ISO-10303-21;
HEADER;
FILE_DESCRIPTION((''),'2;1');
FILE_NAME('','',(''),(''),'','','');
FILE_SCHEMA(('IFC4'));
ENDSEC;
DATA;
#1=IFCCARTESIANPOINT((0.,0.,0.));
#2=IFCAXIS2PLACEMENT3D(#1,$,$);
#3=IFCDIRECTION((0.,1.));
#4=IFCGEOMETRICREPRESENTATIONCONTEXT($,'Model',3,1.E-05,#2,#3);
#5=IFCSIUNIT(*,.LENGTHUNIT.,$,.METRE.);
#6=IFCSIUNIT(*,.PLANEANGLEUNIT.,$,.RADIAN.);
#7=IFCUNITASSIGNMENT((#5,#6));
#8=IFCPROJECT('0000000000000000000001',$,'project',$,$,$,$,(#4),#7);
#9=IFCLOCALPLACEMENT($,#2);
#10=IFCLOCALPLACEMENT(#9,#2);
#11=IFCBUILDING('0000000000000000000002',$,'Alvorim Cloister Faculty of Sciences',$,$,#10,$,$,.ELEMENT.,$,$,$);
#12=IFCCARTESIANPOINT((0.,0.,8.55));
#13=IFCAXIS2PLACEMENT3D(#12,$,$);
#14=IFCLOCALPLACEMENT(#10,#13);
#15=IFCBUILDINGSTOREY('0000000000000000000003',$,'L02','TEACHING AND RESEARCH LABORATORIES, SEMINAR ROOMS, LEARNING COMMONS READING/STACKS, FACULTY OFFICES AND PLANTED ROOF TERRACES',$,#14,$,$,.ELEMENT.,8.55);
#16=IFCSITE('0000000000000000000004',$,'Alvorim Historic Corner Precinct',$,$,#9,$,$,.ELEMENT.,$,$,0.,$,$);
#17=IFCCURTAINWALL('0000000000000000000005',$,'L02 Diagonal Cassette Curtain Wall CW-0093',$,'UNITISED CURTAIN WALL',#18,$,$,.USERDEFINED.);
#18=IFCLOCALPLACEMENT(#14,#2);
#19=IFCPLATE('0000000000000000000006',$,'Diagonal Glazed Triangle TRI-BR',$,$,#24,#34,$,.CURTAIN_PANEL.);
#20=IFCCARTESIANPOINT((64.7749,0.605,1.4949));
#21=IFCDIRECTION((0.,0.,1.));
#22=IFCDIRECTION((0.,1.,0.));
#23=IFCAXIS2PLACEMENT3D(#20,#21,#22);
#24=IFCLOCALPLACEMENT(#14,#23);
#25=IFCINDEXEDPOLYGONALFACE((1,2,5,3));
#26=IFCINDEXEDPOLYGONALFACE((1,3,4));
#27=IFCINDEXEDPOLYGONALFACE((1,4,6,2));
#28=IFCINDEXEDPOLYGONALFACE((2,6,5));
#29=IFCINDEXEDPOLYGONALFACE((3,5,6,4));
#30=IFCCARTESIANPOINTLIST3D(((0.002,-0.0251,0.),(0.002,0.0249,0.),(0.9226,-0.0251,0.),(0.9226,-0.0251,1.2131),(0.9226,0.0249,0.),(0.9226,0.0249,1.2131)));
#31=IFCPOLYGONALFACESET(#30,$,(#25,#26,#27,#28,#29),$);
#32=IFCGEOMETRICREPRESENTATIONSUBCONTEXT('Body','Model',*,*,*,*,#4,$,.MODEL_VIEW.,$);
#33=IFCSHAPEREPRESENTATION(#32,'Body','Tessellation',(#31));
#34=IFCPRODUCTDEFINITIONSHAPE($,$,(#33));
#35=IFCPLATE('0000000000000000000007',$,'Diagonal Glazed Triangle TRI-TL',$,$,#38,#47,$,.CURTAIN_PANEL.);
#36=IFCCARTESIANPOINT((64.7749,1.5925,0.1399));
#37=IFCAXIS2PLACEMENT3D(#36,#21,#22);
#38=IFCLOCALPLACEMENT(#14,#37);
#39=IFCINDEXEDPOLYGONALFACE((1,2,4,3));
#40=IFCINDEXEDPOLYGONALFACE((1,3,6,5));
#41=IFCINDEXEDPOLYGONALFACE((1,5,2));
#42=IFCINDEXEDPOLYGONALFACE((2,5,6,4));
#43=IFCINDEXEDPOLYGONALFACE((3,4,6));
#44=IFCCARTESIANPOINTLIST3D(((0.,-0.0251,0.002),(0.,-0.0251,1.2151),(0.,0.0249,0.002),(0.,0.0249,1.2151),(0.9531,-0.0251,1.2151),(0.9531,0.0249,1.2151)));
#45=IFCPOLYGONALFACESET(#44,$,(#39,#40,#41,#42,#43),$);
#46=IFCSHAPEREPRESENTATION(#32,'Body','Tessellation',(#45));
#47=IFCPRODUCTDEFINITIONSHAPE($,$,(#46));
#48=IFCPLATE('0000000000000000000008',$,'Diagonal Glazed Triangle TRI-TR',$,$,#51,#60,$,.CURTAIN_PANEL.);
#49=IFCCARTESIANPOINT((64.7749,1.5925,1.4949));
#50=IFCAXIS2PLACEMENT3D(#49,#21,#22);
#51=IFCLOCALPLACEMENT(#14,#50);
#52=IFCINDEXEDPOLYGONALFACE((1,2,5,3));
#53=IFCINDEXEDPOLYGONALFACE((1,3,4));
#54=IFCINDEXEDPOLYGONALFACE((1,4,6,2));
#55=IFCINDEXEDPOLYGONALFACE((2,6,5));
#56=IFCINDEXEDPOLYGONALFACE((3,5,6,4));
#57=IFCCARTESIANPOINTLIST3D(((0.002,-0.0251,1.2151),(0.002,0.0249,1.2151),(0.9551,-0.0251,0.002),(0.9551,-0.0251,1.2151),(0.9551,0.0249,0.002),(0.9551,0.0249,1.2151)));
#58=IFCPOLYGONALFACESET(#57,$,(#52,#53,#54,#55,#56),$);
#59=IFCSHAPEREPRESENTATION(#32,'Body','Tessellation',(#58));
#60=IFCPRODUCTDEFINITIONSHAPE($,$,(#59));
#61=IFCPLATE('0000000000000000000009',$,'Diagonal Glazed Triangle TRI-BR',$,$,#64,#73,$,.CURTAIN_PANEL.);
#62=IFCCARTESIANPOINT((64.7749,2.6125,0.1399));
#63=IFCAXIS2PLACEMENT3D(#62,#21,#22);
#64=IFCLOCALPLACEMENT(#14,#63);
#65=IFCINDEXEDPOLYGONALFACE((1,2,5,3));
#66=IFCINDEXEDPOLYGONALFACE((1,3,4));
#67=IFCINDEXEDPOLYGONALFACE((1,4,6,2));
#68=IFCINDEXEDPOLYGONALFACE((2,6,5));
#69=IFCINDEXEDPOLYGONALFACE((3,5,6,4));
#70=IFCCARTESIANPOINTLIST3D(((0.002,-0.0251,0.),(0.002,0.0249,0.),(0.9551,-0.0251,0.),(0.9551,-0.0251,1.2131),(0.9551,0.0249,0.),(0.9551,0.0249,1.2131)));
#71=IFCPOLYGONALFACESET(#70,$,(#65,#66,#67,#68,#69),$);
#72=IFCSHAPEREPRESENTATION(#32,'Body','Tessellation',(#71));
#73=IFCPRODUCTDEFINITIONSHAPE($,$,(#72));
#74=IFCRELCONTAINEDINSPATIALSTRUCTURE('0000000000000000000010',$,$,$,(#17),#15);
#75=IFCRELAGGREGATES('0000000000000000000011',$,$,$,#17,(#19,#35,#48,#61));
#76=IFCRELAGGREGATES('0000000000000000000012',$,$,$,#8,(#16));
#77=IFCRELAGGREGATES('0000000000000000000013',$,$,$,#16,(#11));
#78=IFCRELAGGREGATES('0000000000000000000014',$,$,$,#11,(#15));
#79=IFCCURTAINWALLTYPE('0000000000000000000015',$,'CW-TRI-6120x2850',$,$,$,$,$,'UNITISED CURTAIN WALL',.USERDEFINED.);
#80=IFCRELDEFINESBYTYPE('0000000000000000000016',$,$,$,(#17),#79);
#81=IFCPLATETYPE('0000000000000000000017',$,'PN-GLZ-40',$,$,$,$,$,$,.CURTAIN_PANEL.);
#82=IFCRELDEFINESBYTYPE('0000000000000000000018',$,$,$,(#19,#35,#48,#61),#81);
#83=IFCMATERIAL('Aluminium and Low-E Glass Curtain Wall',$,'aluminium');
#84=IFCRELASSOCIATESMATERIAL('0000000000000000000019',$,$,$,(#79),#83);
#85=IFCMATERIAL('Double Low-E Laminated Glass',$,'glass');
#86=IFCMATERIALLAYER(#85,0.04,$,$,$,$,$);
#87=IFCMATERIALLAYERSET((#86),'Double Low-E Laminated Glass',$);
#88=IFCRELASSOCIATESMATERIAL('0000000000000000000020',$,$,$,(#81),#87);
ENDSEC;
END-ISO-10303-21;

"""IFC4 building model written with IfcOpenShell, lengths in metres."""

from ifc_helpers import new_model, si_unit, direction, frame, origin, place, context, subcontext, project, spatial, polyline, outline, extrude, material, layer, layer_set, type_object, element, aggregate, save


model = new_model("IFC4")

# Units and contexts
model_context = context("Model", 3, precision=1e-05, world=origin(), true_north=direction((0.0, 1.0)))
body_context = subcontext(model_context, "Body", "Model", "MODEL_VIEW")
ifc_project = project(units=[si_unit("LENGTHUNIT", "METRE"), si_unit("PLANEANGLEUNIT", "RADIAN")], contexts=[model_context])

# Site, building, storey
site_placement = place(None, origin())
site = spatial("IfcSite", under=ifc_project, at=site_placement, Name="Alvorim Historic Corner Precinct", CompositionType="ELEMENT", RefElevation=0.0)
building_placement = place(site_placement, origin())
building = spatial("IfcBuilding", under=site, at=building_placement, Name="Alvorim Cloister Faculty of Sciences", CompositionType="ELEMENT")
storey_placement = place(building_placement, frame((0.0, 0.0, 8.55)))
storey = spatial("IfcBuildingStorey", under=building, at=storey_placement, Name="L02", Description="TEACHING AND RESEARCH LABORATORIES, SEMINAR ROOMS, LEARNING COMMONS READING/STACKS, FACULTY OFFICES AND PLANTED ROOF TERRACES", CompositionType="ELEMENT", Elevation=8.55)

# Curtain wall, plates
ifc_material_1 = material(Name="Aluminium and Low-E Glass Curtain Wall", Category="aluminium")
curtain_wall_type = type_object("IfcCurtainWallType", Name="CW-TRI-6120x2850", ElementType="UNITISED CURTAIN WALL", PredefinedType="USERDEFINED", material=ifc_material_1)
curtain_wall_placement = place(storey_placement, origin())
curtain_wall = element("IfcCurtainWall", 1, at=curtain_wall_placement, inside=storey, type_object=curtain_wall_type, Name="L02 Diagonal Cassette Curtain Wall CW-0093", ObjectType="UNITISED CURTAIN WALL", PredefinedType="USERDEFINED")
ifc_material_2 = material(Name="Double Low-E Laminated Glass", Category="glass")
ifc_layer_1 = layer(ifc_material_2, 0.04)
ifc_layer_set_1 = layer_set([ifc_layer_1], Name="Double Low-E Laminated Glass")
plate_type = type_object("IfcPlateType", Name="PN-GLZ-40", PredefinedType="CURTAIN_PANEL", material=ifc_layer_set_1)
plate_1_placement = place(storey_placement, frame((64.7749, 0.605, 1.4949), z_axis=(0.0, 0.0, 1.0), x_axis=(0.0, 1.0, 0.0)))
plate_1 = element("IfcPlate", 2, at=plate_1_placement, type_object=plate_type, Name="Diagonal Glazed Triangle TRI-BR", PredefinedType="CURTAIN_PANEL", context=body_context, shape_type="SweptSolid", body=[
    extrude(outline(polyline([(0.002, 0.0), (0.9226, 0.0), (0.9226, 1.2131), (0.002, 0.0)])), frame((0.0, 0.0249, 0.0), z_axis=(0.0, -1.0, 0.0), x_axis=(1.0, 0.0, 0.0)), (0.0, 0.0, 1.0), 0.05),
])
plate_2_placement = place(storey_placement, frame((64.7749, 1.5925, 0.1399), z_axis=(0.0, 0.0, 1.0), x_axis=(0.0, 1.0, 0.0)))
plate_2 = element("IfcPlate", 3, at=plate_2_placement, type_object=plate_type, Name="Diagonal Glazed Triangle TRI-TL", PredefinedType="CURTAIN_PANEL", context=body_context, shape_type="SweptSolid", body=[
    extrude(outline(polyline([(0.9531, 1.2151), (0.0, 1.2151), (0.0, 0.002), (0.9531, 1.2151)])), frame((0.0, 0.0249, 0.0), z_axis=(0.0, -1.0, 0.0), x_axis=(1.0, 0.0, 0.0)), (0.0, 0.0, 1.0), 0.05),
])
plate_3_placement = place(storey_placement, frame((64.7749, 1.5925, 1.4949), z_axis=(0.0, 0.0, 1.0), x_axis=(0.0, 1.0, 0.0)))
plate_3 = element("IfcPlate", 4, at=plate_3_placement, type_object=plate_type, Name="Diagonal Glazed Triangle TRI-TR", PredefinedType="CURTAIN_PANEL", context=body_context, shape_type="SweptSolid", body=[
    extrude(outline(polyline([(0.9551, 0.002), (0.9551, 1.2151), (0.002, 1.2151), (0.9551, 0.002)])), frame((0.0, 0.0249, 0.0), z_axis=(0.0, -1.0, 0.0), x_axis=(1.0, 0.0, 0.0)), (0.0, 0.0, 1.0), 0.05),
])
plate_4_placement = place(storey_placement, frame((64.7749, 2.6125, 0.1399), z_axis=(0.0, 0.0, 1.0), x_axis=(0.0, 1.0, 0.0)))
plate_4 = element("IfcPlate", 5, at=plate_4_placement, type_object=plate_type, Name="Diagonal Glazed Triangle TRI-BR", PredefinedType="CURTAIN_PANEL", context=body_context, shape_type="SweptSolid", body=[
    extrude(outline(polyline([(0.002, 0.0), (0.9551, 0.0), (0.9551, 1.2131), (0.002, 0.0)])), frame((0.0, 0.0249, 0.0), z_axis=(0.0, -1.0, 0.0), x_axis=(1.0, 0.0, 0.0)), (0.0, 0.0, 1.0), 0.05),
])
aggregate(curtain_wall, [plate_1, plate_2, plate_3, plate_4])

save(model, "model.ifc")
